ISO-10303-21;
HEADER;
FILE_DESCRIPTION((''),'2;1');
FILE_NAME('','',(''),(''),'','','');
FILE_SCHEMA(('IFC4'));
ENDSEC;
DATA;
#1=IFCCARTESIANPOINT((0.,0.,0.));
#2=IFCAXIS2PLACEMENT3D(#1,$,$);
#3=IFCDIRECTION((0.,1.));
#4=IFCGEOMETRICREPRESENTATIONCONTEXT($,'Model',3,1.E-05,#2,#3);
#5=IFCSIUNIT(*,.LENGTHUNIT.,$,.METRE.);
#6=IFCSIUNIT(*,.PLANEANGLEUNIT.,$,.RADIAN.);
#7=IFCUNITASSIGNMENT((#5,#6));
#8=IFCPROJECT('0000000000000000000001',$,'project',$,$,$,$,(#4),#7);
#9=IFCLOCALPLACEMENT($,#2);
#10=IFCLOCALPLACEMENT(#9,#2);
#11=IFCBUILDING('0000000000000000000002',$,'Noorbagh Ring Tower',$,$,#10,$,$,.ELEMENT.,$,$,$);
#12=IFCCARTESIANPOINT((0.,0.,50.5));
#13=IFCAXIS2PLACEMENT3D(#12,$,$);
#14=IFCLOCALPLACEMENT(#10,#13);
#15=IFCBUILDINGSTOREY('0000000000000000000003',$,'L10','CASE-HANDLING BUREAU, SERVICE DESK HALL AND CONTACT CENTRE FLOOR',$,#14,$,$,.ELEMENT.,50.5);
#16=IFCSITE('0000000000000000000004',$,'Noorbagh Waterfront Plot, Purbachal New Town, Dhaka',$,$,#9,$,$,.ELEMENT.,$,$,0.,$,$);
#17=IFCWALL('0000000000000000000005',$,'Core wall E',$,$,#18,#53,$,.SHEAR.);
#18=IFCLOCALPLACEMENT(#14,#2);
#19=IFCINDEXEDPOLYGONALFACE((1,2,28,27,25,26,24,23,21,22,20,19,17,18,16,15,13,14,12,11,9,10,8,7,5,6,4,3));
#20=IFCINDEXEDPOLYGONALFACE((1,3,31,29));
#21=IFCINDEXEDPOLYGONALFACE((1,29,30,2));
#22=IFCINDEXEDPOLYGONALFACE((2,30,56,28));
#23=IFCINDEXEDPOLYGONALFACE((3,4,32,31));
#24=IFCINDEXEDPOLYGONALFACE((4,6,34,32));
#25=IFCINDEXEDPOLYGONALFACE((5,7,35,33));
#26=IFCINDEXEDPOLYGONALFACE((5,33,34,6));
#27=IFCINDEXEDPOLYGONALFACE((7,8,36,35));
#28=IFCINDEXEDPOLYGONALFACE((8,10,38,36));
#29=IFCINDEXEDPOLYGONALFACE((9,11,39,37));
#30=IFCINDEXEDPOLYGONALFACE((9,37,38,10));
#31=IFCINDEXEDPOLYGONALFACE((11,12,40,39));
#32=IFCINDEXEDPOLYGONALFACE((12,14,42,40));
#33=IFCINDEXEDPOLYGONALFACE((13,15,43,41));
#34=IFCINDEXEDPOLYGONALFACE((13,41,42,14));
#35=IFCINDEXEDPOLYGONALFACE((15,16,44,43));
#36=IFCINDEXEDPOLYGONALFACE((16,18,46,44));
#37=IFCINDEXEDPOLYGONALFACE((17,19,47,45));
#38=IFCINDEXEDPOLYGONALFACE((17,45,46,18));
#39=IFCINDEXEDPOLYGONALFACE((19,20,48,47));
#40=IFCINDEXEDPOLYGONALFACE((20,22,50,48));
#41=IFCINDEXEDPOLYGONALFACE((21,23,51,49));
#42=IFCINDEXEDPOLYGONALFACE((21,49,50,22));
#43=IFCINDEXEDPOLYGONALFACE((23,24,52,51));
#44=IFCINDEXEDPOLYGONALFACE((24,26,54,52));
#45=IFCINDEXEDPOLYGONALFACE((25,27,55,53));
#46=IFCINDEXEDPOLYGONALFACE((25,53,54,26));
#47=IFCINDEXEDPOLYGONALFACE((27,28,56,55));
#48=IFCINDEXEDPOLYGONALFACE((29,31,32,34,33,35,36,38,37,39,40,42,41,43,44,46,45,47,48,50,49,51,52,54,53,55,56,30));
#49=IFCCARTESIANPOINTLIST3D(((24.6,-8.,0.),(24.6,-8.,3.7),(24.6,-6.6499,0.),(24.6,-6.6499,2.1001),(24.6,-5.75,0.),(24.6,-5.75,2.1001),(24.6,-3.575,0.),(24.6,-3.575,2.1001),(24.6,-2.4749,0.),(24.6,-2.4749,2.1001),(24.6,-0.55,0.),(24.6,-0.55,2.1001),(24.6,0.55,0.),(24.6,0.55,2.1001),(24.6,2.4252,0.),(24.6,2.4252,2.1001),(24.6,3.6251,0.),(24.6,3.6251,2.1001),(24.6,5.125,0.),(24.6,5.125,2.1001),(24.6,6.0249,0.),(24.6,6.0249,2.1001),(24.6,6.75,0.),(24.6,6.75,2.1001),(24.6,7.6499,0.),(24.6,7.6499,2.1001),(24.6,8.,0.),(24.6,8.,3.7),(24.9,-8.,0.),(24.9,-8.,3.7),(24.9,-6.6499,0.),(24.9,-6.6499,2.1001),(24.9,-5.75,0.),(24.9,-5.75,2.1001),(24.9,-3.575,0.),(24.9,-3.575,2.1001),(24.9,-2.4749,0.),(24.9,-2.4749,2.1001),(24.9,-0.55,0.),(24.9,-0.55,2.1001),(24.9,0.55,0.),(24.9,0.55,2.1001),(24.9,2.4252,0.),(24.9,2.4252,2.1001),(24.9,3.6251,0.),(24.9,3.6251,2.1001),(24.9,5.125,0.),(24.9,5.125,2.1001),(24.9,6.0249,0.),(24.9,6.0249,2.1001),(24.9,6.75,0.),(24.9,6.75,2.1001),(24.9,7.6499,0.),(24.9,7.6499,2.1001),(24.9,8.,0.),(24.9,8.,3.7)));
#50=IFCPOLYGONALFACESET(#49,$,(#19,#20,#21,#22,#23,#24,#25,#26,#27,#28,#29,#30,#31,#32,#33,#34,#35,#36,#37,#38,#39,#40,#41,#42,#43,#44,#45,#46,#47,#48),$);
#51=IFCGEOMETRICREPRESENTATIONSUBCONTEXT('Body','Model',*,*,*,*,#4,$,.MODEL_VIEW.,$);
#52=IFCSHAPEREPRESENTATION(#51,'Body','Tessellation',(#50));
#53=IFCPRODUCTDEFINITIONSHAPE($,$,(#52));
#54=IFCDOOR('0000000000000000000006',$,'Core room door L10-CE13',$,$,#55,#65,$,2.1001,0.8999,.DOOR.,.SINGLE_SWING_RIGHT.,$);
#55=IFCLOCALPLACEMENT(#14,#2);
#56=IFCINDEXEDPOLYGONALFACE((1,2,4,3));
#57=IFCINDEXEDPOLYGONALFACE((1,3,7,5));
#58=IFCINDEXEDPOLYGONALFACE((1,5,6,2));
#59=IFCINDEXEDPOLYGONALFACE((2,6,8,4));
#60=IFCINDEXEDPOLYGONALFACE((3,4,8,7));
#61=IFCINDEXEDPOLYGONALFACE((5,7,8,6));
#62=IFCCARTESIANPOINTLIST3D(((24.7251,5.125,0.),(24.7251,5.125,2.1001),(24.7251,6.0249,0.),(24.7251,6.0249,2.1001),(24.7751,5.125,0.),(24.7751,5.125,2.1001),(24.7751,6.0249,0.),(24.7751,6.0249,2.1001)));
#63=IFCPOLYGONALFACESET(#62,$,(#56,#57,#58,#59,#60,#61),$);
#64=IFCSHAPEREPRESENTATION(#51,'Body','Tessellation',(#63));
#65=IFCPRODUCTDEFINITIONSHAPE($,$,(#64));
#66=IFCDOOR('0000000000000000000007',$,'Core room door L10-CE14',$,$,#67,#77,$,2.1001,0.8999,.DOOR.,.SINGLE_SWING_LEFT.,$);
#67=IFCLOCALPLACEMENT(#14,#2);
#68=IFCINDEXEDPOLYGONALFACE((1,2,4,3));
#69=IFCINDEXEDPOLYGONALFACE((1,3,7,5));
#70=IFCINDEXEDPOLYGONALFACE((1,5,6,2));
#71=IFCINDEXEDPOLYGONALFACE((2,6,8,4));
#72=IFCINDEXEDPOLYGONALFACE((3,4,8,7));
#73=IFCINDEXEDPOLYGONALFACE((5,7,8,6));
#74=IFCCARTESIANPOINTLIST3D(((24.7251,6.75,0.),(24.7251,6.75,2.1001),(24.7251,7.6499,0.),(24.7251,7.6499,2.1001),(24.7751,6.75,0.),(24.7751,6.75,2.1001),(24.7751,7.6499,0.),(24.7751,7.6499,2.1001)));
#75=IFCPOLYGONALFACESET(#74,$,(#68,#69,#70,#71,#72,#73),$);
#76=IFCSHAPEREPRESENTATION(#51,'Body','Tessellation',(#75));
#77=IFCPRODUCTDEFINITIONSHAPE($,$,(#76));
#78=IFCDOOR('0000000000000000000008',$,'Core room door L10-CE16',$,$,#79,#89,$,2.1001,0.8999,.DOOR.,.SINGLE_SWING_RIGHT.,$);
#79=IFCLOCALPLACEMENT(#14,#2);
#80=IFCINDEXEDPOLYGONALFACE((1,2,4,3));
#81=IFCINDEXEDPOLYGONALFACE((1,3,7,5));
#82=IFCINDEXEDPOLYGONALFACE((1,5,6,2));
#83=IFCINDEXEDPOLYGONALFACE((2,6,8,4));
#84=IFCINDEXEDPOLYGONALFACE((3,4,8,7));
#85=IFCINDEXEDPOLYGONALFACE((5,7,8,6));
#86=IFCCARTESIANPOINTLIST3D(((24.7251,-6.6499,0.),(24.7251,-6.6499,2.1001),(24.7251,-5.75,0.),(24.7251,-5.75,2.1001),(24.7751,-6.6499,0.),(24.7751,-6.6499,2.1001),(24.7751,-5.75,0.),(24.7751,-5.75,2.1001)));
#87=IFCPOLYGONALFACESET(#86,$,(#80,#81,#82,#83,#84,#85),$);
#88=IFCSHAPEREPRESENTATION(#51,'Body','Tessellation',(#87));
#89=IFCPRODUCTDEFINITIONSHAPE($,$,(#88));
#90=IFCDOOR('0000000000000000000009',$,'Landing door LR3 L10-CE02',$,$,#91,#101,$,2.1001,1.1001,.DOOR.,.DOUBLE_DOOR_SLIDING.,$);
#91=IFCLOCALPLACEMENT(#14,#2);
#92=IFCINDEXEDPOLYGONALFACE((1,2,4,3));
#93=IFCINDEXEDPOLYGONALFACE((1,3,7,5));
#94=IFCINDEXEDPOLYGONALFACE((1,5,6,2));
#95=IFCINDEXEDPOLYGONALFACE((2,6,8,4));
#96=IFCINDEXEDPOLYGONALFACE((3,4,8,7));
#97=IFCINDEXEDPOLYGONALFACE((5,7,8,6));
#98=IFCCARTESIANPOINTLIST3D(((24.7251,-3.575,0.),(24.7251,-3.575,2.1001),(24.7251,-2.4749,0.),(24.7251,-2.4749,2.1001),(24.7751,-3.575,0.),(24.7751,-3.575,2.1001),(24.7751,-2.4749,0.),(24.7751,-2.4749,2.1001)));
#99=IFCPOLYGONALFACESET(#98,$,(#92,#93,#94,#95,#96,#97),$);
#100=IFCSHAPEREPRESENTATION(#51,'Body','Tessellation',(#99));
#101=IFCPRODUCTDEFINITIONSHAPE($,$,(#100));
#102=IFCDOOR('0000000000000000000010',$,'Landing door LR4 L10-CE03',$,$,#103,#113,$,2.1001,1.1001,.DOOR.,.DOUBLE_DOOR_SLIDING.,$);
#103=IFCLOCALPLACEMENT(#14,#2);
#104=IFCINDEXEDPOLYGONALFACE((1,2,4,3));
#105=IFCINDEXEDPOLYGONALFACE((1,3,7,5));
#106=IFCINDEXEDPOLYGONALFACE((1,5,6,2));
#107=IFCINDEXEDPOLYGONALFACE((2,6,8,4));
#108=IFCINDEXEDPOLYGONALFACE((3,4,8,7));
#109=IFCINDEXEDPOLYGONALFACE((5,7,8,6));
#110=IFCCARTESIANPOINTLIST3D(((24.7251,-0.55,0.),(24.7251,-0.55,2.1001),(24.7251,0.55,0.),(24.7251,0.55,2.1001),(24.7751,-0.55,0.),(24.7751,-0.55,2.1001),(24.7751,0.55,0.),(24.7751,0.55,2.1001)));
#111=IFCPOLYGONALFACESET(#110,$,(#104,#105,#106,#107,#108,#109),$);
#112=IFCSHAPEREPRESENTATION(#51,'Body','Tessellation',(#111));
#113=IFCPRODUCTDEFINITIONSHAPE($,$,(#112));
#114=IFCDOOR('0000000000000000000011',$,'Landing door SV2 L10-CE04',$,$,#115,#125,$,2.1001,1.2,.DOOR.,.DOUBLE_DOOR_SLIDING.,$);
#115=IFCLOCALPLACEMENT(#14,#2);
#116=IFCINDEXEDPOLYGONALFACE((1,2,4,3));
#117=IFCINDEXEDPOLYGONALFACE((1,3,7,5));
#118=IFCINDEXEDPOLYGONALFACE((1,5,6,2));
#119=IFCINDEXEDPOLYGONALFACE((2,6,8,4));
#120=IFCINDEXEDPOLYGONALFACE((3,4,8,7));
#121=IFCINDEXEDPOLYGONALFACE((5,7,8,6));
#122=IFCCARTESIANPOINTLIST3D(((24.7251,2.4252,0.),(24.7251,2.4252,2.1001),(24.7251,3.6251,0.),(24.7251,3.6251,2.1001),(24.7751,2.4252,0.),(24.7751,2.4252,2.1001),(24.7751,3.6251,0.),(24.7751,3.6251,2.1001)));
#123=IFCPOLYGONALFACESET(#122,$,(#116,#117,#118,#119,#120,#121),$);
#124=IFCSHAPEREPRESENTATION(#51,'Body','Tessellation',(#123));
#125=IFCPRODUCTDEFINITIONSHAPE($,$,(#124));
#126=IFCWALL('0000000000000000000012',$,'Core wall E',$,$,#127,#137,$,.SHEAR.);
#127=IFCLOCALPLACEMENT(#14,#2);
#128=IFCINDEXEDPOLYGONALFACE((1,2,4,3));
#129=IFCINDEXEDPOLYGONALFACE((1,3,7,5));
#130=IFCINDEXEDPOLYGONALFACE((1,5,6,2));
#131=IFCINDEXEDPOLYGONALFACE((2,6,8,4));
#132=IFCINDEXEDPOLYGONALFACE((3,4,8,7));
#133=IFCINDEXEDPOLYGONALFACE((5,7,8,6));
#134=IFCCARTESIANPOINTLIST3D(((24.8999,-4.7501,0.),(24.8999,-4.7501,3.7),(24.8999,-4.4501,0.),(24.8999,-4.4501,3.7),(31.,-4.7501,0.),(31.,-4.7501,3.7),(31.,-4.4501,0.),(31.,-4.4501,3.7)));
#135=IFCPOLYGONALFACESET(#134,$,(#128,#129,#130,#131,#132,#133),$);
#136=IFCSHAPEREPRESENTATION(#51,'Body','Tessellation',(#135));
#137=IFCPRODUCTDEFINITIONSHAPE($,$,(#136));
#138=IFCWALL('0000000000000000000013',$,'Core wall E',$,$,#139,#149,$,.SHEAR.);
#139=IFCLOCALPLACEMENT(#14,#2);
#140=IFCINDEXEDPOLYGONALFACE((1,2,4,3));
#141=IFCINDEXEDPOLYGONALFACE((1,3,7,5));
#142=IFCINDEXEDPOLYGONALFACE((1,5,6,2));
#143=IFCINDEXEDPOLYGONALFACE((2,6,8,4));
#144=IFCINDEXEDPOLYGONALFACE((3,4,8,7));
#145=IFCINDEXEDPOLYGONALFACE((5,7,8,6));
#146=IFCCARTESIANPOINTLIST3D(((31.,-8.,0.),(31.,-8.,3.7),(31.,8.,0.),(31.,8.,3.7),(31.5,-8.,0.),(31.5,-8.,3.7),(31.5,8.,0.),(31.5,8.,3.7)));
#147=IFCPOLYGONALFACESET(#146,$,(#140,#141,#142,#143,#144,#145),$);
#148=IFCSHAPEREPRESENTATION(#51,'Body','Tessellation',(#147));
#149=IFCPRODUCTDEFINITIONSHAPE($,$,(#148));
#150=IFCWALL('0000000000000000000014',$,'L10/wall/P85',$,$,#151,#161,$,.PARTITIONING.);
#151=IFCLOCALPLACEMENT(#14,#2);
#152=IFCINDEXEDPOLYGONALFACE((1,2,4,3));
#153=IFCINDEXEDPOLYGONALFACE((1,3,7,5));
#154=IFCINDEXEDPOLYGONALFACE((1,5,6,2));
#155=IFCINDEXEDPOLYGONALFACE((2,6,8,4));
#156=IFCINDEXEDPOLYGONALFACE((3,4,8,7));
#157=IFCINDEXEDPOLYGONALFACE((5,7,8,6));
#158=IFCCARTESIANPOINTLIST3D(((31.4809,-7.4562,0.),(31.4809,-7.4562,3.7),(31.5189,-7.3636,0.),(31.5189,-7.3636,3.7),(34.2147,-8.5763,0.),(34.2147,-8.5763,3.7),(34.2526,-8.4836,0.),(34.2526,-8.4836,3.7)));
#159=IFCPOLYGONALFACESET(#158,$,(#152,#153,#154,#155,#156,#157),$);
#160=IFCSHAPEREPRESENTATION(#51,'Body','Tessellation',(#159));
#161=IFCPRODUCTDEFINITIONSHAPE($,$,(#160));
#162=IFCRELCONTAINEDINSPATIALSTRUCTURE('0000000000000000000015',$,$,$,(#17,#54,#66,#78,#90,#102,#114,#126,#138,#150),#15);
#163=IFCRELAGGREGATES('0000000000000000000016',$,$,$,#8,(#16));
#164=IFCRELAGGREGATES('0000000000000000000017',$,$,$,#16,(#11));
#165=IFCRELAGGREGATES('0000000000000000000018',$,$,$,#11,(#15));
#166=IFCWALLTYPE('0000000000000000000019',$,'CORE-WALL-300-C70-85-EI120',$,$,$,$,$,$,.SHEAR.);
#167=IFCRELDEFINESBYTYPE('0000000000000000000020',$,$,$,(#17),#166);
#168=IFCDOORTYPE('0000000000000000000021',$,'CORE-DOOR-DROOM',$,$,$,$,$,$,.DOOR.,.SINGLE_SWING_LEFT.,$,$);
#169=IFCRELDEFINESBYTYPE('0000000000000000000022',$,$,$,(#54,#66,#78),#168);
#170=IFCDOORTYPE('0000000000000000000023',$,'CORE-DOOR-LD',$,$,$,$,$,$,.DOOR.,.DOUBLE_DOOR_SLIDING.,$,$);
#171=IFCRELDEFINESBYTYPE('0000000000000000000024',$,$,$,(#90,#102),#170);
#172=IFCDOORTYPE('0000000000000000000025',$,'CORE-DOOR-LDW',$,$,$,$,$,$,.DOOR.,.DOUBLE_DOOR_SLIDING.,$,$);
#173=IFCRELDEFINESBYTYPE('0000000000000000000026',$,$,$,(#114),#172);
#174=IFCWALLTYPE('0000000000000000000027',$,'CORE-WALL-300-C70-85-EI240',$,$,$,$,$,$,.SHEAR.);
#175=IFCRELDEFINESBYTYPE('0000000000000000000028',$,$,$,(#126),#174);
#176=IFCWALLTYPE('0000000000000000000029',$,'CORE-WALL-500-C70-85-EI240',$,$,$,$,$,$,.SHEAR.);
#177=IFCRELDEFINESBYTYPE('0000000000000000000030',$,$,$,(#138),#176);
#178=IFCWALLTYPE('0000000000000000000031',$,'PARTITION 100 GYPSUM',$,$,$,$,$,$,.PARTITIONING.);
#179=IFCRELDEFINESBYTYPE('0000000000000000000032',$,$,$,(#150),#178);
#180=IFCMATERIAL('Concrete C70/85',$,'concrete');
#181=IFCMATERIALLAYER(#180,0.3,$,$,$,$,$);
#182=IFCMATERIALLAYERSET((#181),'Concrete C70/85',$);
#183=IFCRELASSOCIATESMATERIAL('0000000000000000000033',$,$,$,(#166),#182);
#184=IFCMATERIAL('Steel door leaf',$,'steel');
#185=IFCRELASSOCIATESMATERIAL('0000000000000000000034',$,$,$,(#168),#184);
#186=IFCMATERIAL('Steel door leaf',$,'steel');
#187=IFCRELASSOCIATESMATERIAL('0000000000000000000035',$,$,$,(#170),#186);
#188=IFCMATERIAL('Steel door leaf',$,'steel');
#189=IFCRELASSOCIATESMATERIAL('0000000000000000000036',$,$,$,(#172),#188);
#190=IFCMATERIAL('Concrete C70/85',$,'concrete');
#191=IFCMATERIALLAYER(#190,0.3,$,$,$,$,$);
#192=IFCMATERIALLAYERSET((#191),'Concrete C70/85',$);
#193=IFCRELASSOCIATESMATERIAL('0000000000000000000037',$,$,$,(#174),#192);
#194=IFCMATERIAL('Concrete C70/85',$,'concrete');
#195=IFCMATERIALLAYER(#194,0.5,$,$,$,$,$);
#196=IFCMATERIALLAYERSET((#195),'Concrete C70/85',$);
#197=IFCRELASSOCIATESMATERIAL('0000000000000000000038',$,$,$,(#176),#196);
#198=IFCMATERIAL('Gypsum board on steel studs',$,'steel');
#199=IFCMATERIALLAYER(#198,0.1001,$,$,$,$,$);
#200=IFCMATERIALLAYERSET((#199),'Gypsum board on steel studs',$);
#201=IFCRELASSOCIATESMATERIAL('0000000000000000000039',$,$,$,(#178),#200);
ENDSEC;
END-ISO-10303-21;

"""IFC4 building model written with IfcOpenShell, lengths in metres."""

from ifc_helpers import new_model, si_unit, direction, frame, frame_2d, origin, place, context, subcontext, project, spatial, rectangle, extrude, material, layer, layer_set, type_object, element, fill, save


model = new_model("IFC4")

# Units and contexts
model_context = context("Model", 3, precision=1e-05, world=origin(), true_north=direction((0.0, 1.0)))
body_context = subcontext(model_context, "Body", "Model", "MODEL_VIEW")
ifc_project = project(units=[si_unit("LENGTHUNIT", "METRE"), si_unit("PLANEANGLEUNIT", "RADIAN")], contexts=[model_context])

# Site, building, storey
site_placement = place(None, origin())
site = spatial("IfcSite", under=ifc_project, at=site_placement, Name="Noorbagh Waterfront Plot, Purbachal New Town, Dhaka", CompositionType="ELEMENT", RefElevation=0.0)
building_placement = place(site_placement, origin())
building = spatial("IfcBuilding", under=site, at=building_placement, Name="Noorbagh Ring Tower", CompositionType="ELEMENT")
storey_placement = place(building_placement, frame((0.0, 0.0, 50.5)))
storey = spatial("IfcBuildingStorey", under=building, at=storey_placement, Name="L10", Description="CASE-HANDLING BUREAU, SERVICE DESK HALL AND CONTACT CENTRE FLOOR", CompositionType="ELEMENT", Elevation=50.5)

# Shared definitions
ifc_material_1 = material(Name="Concrete C70/85", Category="concrete")
ifc_layer_1 = layer(ifc_material_1, 0.3)
ifc_layer_set_1 = layer_set([ifc_layer_1], Name="Concrete C70/85")
wall_type_1 = type_object("IfcWallType", Name="CORE-WALL-300-C70-85-EI120", PredefinedType="SHEAR", material=ifc_layer_set_1)

# Wall, openings, doors
wall_1_placement = place(storey_placement, frame((24.75, -8.0, 0.0), z_axis=(0.0, 0.0, 1.0), x_axis=(0.0, 1.0, 0.0)))
wall_1 = element("IfcWall", 1, at=wall_1_placement, inside=storey, type_object=wall_type_1, Name="Core wall E", PredefinedType="SHEAR", context=body_context, shape_type="SweptSolid", body=[
    extrude(rectangle(XDim=16.0, YDim=0.3, at=frame_2d((8.0, 0.0))), origin(), (0.0, 0.0, 1.0), 3.7),
])
opening_1_placement = place(wall_1_placement, frame((4.425, 0.0, 0.0)))
opening_1 = element("IfcOpeningElement", 2, at=opening_1_placement, cuts=wall_1, PredefinedType="OPENING", context=body_context, shape_type="SweptSolid", body=[
    extrude(rectangle(XDim=1.1001, YDim=2.1001, at=frame_2d((0.55, 1.05))), frame((0.0, 0.1602, 0.0), z_axis=(0.0, -1.0, 0.0), x_axis=(1.0, 0.0, 0.0)), (0.0, 0.0, 1.0), 0.3201),
])
opening_2_placement = place(wall_1_placement, frame((7.45, 0.0, 0.0)))
opening_2 = element("IfcOpeningElement", 3, at=opening_2_placement, cuts=wall_1, PredefinedType="OPENING", context=body_context, shape_type="SweptSolid", body=[
    extrude(rectangle(XDim=1.1001, YDim=2.1001, at=frame_2d((0.55, 1.05))), frame((0.0, 0.1602, 0.0), z_axis=(0.0, -1.0, 0.0), x_axis=(1.0, 0.0, 0.0)), (0.0, 0.0, 1.0), 0.3201),
])
opening_3_placement = place(wall_1_placement, frame((10.425, 0.0, 0.0)))
opening_3 = element("IfcOpeningElement", 4, at=opening_3_placement, cuts=wall_1, PredefinedType="OPENING", context=body_context, shape_type="SweptSolid", body=[
    extrude(rectangle(XDim=1.2, YDim=2.1001, at=frame_2d((0.6001, 1.05))), frame((0.0, 0.1602, 0.0), z_axis=(0.0, -1.0, 0.0), x_axis=(1.0, 0.0, 0.0)), (0.0, 0.0, 1.0), 0.3201),
])
opening_4_placement = place(wall_1_placement, frame((13.125, 0.0, 0.0)))
opening_4 = element("IfcOpeningElement", 5, at=opening_4_placement, cuts=wall_1, PredefinedType="OPENING", context=body_context, shape_type="SweptSolid", body=[
    extrude(rectangle(XDim=0.8999, YDim=2.1001, at=frame_2d((0.45, 1.05))), frame((0.0, 0.1602, 0.0), z_axis=(0.0, -1.0, 0.0), x_axis=(1.0, 0.0, 0.0)), (0.0, 0.0, 1.0), 0.3201),
])
opening_5_placement = place(wall_1_placement, frame((14.75, 0.0, 0.0)))
opening_5 = element("IfcOpeningElement", 6, at=opening_5_placement, cuts=wall_1, PredefinedType="OPENING", context=body_context, shape_type="SweptSolid", body=[
    extrude(rectangle(XDim=0.8999, YDim=2.1001, at=frame_2d((0.45, 1.05))), frame((0.0, 0.1602, 0.0), z_axis=(0.0, -1.0, 0.0), x_axis=(1.0, 0.0, 0.0)), (0.0, 0.0, 1.0), 0.3201),
])
opening_6_placement = place(wall_1_placement, frame((1.3501, 0.0, 0.0)))
opening_6 = element("IfcOpeningElement", 7, at=opening_6_placement, cuts=wall_1, PredefinedType="OPENING", context=body_context, shape_type="SweptSolid", body=[
    extrude(rectangle(XDim=0.8999, YDim=2.1001, at=frame_2d((0.45, 1.05))), frame((0.0, 0.1602, 0.0), z_axis=(0.0, -1.0, 0.0), x_axis=(1.0, 0.0, 0.0)), (0.0, 0.0, 1.0), 0.3201),
])
ifc_material_2 = material(Name="Steel door leaf", Category="steel")
door_type_1 = type_object("IfcDoorType", Name="CORE-DOOR-DROOM", OperationType="SINGLE_SWING_LEFT", PredefinedType="DOOR", material=ifc_material_2)
door_1_placement = place(opening_4_placement, origin())
door_1 = element("IfcDoor", 8, at=door_1_placement, inside=storey, type_object=door_type_1, Name="Core room door L10-CE13", OperationType="SINGLE_SWING_RIGHT", OverallHeight=2.1001, OverallWidth=0.8999, PredefinedType="DOOR", context=body_context, shape_type="SweptSolid", body=[
    extrude(rectangle(XDim=0.8999, YDim=2.1001, at=frame_2d((0.45, 1.05))), frame((0.0, 0.0249, 0.0), z_axis=(0.0, -1.0, 0.0), x_axis=(1.0, 0.0, 0.0)), (0.0, 0.0, 1.0), 0.05),
])
fill(opening_4, door_1)
door_2_placement = place(opening_5_placement, origin())
door_2 = element("IfcDoor", 9, at=door_2_placement, inside=storey, type_object=door_type_1, Name="Core room door L10-CE14", OperationType="SINGLE_SWING_LEFT", OverallHeight=2.1001, OverallWidth=0.8999, PredefinedType="DOOR", context=body_context, shape_type="SweptSolid", body=[
    extrude(rectangle(XDim=0.8999, YDim=2.1001, at=frame_2d((0.45, 1.05))), frame((0.0, 0.0249, 0.0), z_axis=(0.0, -1.0, 0.0), x_axis=(1.0, 0.0, 0.0)), (0.0, 0.0, 1.0), 0.05),
])
fill(opening_5, door_2)
door_3_placement = place(opening_6_placement, origin())
door_3 = element("IfcDoor", 10, at=door_3_placement, inside=storey, type_object=door_type_1, Name="Core room door L10-CE16", OperationType="SINGLE_SWING_RIGHT", OverallHeight=2.1001, OverallWidth=0.8999, PredefinedType="DOOR", context=body_context, shape_type="SweptSolid", body=[
    extrude(rectangle(XDim=0.8999, YDim=2.1001, at=frame_2d((0.45, 1.05))), frame((0.0, 0.0249, 0.0), z_axis=(0.0, -1.0, 0.0), x_axis=(1.0, 0.0, 0.0)), (0.0, 0.0, 1.0), 0.05),
])
fill(opening_6, door_3)
ifc_material_3 = material(Name="Steel door leaf", Category="steel")
door_type_2 = type_object("IfcDoorType", Name="CORE-DOOR-LD", OperationType="DOUBLE_DOOR_SLIDING", PredefinedType="DOOR", material=ifc_material_3)
door_4_placement = place(opening_1_placement, origin())
door_4 = element("IfcDoor", 11, at=door_4_placement, inside=storey, type_object=door_type_2, Name="Landing door LR3 L10-CE02", OperationType="DOUBLE_DOOR_SLIDING", OverallHeight=2.1001, OverallWidth=1.1001, PredefinedType="DOOR", context=body_context, shape_type="SweptSolid", body=[
    extrude(rectangle(XDim=1.1001, YDim=2.1001, at=frame_2d((0.55, 1.05))), frame((0.0, 0.0249, 0.0), z_axis=(0.0, -1.0, 0.0), x_axis=(1.0, 0.0, 0.0)), (0.0, 0.0, 1.0), 0.05),
])
fill(opening_1, door_4)
door_5_placement = place(opening_2_placement, origin())
door_5 = element("IfcDoor", 12, at=door_5_placement, inside=storey, type_object=door_type_2, Name="Landing door LR4 L10-CE03", OperationType="DOUBLE_DOOR_SLIDING", OverallHeight=2.1001, OverallWidth=1.1001, PredefinedType="DOOR", context=body_context, shape_type="SweptSolid", body=[
    extrude(rectangle(XDim=1.1001, YDim=2.1001, at=frame_2d((0.55, 1.05))), frame((0.0, 0.0249, 0.0), z_axis=(0.0, -1.0, 0.0), x_axis=(1.0, 0.0, 0.0)), (0.0, 0.0, 1.0), 0.05),
])
fill(opening_2, door_5)
ifc_material_4 = material(Name="Steel door leaf", Category="steel")
door_type_3 = type_object("IfcDoorType", Name="CORE-DOOR-LDW", OperationType="DOUBLE_DOOR_SLIDING", PredefinedType="DOOR", material=ifc_material_4)
door_6_placement = place(opening_3_placement, origin())
door_6 = element("IfcDoor", 13, at=door_6_placement, inside=storey, type_object=door_type_3, Name="Landing door SV2 L10-CE04", OperationType="DOUBLE_DOOR_SLIDING", OverallHeight=2.1001, OverallWidth=1.2, PredefinedType="DOOR", context=body_context, shape_type="SweptSolid", body=[
    extrude(rectangle(XDim=1.2, YDim=2.1001, at=frame_2d((0.6001, 1.05))), frame((0.0, 0.0249, 0.0), z_axis=(0.0, -1.0, 0.0), x_axis=(1.0, 0.0, 0.0)), (0.0, 0.0, 1.0), 0.05),
])
fill(opening_3, door_6)

# Walls
ifc_material_5 = material(Name="Concrete C70/85", Category="concrete")
ifc_layer_2 = layer(ifc_material_5, 0.3)
ifc_layer_set_2 = layer_set([ifc_layer_2], Name="Concrete C70/85")
wall_type_2 = type_object("IfcWallType", Name="CORE-WALL-300-C70-85-EI240", PredefinedType="SHEAR", material=ifc_layer_set_2)
wall_2_placement = place(storey_placement, frame((24.8999, -4.6001, 0.0), z_axis=(0.0, 0.0, 1.0), x_axis=(1.0, 0.0, 0.0)))
element("IfcWall", 14, at=wall_2_placement, inside=storey, type_object=wall_type_2, Name="Core wall E", PredefinedType="SHEAR", context=body_context, shape_type="SweptSolid", body=[
    extrude(rectangle(XDim=6.1001, YDim=0.3, at=frame_2d((3.05, 0.0))), origin(), (0.0, 0.0, 1.0), 3.7),
])
ifc_material_6 = material(Name="Concrete C70/85", Category="concrete")
ifc_layer_3 = layer(ifc_material_6, 0.5)
ifc_layer_set_3 = layer_set([ifc_layer_3], Name="Concrete C70/85")
wall_type_3 = type_object("IfcWallType", Name="CORE-WALL-500-C70-85-EI240", PredefinedType="SHEAR", material=ifc_layer_set_3)
wall_3_placement = place(storey_placement, frame((31.25, -8.0, 0.0), z_axis=(0.0, 0.0, 1.0), x_axis=(0.0, 1.0, 0.0)))
element("IfcWall", 15, at=wall_3_placement, inside=storey, type_object=wall_type_3, Name="Core wall E", PredefinedType="SHEAR", context=body_context, shape_type="SweptSolid", body=[
    extrude(rectangle(XDim=16.0, YDim=0.5, at=frame_2d((8.0, 0.0))), origin(), (0.0, 0.0, 1.0), 3.7),
])
ifc_material_7 = material(Name="Gypsum board on steel studs", Category="steel")
ifc_layer_4 = layer(ifc_material_7, 0.1001)
ifc_layer_set_4 = layer_set([ifc_layer_4], Name="Gypsum board on steel studs")
wall_type_4 = type_object("IfcWallType", Name="PARTITION 100 GYPSUM", PredefinedType="PARTITIONING", material=ifc_layer_set_4)
wall_4_placement = place(storey_placement, frame((31.5, -7.4099, 0.0), z_axis=(0.0, 0.0, 1.0), x_axis=(0.925344, -0.379128, 0.0)))
element("IfcWall", 16, at=wall_4_placement, inside=storey, type_object=wall_type_4, Name="L10/wall/P85", PredefinedType="PARTITIONING", context=body_context, shape_type="SweptSolid", body=[
    extrude(rectangle(XDim=2.9543, YDim=0.1001, at=frame_2d((1.4771, 0.0))), origin(), (0.0, 0.0, 1.0), 3.7),
])

save(model, "model.ifc")
